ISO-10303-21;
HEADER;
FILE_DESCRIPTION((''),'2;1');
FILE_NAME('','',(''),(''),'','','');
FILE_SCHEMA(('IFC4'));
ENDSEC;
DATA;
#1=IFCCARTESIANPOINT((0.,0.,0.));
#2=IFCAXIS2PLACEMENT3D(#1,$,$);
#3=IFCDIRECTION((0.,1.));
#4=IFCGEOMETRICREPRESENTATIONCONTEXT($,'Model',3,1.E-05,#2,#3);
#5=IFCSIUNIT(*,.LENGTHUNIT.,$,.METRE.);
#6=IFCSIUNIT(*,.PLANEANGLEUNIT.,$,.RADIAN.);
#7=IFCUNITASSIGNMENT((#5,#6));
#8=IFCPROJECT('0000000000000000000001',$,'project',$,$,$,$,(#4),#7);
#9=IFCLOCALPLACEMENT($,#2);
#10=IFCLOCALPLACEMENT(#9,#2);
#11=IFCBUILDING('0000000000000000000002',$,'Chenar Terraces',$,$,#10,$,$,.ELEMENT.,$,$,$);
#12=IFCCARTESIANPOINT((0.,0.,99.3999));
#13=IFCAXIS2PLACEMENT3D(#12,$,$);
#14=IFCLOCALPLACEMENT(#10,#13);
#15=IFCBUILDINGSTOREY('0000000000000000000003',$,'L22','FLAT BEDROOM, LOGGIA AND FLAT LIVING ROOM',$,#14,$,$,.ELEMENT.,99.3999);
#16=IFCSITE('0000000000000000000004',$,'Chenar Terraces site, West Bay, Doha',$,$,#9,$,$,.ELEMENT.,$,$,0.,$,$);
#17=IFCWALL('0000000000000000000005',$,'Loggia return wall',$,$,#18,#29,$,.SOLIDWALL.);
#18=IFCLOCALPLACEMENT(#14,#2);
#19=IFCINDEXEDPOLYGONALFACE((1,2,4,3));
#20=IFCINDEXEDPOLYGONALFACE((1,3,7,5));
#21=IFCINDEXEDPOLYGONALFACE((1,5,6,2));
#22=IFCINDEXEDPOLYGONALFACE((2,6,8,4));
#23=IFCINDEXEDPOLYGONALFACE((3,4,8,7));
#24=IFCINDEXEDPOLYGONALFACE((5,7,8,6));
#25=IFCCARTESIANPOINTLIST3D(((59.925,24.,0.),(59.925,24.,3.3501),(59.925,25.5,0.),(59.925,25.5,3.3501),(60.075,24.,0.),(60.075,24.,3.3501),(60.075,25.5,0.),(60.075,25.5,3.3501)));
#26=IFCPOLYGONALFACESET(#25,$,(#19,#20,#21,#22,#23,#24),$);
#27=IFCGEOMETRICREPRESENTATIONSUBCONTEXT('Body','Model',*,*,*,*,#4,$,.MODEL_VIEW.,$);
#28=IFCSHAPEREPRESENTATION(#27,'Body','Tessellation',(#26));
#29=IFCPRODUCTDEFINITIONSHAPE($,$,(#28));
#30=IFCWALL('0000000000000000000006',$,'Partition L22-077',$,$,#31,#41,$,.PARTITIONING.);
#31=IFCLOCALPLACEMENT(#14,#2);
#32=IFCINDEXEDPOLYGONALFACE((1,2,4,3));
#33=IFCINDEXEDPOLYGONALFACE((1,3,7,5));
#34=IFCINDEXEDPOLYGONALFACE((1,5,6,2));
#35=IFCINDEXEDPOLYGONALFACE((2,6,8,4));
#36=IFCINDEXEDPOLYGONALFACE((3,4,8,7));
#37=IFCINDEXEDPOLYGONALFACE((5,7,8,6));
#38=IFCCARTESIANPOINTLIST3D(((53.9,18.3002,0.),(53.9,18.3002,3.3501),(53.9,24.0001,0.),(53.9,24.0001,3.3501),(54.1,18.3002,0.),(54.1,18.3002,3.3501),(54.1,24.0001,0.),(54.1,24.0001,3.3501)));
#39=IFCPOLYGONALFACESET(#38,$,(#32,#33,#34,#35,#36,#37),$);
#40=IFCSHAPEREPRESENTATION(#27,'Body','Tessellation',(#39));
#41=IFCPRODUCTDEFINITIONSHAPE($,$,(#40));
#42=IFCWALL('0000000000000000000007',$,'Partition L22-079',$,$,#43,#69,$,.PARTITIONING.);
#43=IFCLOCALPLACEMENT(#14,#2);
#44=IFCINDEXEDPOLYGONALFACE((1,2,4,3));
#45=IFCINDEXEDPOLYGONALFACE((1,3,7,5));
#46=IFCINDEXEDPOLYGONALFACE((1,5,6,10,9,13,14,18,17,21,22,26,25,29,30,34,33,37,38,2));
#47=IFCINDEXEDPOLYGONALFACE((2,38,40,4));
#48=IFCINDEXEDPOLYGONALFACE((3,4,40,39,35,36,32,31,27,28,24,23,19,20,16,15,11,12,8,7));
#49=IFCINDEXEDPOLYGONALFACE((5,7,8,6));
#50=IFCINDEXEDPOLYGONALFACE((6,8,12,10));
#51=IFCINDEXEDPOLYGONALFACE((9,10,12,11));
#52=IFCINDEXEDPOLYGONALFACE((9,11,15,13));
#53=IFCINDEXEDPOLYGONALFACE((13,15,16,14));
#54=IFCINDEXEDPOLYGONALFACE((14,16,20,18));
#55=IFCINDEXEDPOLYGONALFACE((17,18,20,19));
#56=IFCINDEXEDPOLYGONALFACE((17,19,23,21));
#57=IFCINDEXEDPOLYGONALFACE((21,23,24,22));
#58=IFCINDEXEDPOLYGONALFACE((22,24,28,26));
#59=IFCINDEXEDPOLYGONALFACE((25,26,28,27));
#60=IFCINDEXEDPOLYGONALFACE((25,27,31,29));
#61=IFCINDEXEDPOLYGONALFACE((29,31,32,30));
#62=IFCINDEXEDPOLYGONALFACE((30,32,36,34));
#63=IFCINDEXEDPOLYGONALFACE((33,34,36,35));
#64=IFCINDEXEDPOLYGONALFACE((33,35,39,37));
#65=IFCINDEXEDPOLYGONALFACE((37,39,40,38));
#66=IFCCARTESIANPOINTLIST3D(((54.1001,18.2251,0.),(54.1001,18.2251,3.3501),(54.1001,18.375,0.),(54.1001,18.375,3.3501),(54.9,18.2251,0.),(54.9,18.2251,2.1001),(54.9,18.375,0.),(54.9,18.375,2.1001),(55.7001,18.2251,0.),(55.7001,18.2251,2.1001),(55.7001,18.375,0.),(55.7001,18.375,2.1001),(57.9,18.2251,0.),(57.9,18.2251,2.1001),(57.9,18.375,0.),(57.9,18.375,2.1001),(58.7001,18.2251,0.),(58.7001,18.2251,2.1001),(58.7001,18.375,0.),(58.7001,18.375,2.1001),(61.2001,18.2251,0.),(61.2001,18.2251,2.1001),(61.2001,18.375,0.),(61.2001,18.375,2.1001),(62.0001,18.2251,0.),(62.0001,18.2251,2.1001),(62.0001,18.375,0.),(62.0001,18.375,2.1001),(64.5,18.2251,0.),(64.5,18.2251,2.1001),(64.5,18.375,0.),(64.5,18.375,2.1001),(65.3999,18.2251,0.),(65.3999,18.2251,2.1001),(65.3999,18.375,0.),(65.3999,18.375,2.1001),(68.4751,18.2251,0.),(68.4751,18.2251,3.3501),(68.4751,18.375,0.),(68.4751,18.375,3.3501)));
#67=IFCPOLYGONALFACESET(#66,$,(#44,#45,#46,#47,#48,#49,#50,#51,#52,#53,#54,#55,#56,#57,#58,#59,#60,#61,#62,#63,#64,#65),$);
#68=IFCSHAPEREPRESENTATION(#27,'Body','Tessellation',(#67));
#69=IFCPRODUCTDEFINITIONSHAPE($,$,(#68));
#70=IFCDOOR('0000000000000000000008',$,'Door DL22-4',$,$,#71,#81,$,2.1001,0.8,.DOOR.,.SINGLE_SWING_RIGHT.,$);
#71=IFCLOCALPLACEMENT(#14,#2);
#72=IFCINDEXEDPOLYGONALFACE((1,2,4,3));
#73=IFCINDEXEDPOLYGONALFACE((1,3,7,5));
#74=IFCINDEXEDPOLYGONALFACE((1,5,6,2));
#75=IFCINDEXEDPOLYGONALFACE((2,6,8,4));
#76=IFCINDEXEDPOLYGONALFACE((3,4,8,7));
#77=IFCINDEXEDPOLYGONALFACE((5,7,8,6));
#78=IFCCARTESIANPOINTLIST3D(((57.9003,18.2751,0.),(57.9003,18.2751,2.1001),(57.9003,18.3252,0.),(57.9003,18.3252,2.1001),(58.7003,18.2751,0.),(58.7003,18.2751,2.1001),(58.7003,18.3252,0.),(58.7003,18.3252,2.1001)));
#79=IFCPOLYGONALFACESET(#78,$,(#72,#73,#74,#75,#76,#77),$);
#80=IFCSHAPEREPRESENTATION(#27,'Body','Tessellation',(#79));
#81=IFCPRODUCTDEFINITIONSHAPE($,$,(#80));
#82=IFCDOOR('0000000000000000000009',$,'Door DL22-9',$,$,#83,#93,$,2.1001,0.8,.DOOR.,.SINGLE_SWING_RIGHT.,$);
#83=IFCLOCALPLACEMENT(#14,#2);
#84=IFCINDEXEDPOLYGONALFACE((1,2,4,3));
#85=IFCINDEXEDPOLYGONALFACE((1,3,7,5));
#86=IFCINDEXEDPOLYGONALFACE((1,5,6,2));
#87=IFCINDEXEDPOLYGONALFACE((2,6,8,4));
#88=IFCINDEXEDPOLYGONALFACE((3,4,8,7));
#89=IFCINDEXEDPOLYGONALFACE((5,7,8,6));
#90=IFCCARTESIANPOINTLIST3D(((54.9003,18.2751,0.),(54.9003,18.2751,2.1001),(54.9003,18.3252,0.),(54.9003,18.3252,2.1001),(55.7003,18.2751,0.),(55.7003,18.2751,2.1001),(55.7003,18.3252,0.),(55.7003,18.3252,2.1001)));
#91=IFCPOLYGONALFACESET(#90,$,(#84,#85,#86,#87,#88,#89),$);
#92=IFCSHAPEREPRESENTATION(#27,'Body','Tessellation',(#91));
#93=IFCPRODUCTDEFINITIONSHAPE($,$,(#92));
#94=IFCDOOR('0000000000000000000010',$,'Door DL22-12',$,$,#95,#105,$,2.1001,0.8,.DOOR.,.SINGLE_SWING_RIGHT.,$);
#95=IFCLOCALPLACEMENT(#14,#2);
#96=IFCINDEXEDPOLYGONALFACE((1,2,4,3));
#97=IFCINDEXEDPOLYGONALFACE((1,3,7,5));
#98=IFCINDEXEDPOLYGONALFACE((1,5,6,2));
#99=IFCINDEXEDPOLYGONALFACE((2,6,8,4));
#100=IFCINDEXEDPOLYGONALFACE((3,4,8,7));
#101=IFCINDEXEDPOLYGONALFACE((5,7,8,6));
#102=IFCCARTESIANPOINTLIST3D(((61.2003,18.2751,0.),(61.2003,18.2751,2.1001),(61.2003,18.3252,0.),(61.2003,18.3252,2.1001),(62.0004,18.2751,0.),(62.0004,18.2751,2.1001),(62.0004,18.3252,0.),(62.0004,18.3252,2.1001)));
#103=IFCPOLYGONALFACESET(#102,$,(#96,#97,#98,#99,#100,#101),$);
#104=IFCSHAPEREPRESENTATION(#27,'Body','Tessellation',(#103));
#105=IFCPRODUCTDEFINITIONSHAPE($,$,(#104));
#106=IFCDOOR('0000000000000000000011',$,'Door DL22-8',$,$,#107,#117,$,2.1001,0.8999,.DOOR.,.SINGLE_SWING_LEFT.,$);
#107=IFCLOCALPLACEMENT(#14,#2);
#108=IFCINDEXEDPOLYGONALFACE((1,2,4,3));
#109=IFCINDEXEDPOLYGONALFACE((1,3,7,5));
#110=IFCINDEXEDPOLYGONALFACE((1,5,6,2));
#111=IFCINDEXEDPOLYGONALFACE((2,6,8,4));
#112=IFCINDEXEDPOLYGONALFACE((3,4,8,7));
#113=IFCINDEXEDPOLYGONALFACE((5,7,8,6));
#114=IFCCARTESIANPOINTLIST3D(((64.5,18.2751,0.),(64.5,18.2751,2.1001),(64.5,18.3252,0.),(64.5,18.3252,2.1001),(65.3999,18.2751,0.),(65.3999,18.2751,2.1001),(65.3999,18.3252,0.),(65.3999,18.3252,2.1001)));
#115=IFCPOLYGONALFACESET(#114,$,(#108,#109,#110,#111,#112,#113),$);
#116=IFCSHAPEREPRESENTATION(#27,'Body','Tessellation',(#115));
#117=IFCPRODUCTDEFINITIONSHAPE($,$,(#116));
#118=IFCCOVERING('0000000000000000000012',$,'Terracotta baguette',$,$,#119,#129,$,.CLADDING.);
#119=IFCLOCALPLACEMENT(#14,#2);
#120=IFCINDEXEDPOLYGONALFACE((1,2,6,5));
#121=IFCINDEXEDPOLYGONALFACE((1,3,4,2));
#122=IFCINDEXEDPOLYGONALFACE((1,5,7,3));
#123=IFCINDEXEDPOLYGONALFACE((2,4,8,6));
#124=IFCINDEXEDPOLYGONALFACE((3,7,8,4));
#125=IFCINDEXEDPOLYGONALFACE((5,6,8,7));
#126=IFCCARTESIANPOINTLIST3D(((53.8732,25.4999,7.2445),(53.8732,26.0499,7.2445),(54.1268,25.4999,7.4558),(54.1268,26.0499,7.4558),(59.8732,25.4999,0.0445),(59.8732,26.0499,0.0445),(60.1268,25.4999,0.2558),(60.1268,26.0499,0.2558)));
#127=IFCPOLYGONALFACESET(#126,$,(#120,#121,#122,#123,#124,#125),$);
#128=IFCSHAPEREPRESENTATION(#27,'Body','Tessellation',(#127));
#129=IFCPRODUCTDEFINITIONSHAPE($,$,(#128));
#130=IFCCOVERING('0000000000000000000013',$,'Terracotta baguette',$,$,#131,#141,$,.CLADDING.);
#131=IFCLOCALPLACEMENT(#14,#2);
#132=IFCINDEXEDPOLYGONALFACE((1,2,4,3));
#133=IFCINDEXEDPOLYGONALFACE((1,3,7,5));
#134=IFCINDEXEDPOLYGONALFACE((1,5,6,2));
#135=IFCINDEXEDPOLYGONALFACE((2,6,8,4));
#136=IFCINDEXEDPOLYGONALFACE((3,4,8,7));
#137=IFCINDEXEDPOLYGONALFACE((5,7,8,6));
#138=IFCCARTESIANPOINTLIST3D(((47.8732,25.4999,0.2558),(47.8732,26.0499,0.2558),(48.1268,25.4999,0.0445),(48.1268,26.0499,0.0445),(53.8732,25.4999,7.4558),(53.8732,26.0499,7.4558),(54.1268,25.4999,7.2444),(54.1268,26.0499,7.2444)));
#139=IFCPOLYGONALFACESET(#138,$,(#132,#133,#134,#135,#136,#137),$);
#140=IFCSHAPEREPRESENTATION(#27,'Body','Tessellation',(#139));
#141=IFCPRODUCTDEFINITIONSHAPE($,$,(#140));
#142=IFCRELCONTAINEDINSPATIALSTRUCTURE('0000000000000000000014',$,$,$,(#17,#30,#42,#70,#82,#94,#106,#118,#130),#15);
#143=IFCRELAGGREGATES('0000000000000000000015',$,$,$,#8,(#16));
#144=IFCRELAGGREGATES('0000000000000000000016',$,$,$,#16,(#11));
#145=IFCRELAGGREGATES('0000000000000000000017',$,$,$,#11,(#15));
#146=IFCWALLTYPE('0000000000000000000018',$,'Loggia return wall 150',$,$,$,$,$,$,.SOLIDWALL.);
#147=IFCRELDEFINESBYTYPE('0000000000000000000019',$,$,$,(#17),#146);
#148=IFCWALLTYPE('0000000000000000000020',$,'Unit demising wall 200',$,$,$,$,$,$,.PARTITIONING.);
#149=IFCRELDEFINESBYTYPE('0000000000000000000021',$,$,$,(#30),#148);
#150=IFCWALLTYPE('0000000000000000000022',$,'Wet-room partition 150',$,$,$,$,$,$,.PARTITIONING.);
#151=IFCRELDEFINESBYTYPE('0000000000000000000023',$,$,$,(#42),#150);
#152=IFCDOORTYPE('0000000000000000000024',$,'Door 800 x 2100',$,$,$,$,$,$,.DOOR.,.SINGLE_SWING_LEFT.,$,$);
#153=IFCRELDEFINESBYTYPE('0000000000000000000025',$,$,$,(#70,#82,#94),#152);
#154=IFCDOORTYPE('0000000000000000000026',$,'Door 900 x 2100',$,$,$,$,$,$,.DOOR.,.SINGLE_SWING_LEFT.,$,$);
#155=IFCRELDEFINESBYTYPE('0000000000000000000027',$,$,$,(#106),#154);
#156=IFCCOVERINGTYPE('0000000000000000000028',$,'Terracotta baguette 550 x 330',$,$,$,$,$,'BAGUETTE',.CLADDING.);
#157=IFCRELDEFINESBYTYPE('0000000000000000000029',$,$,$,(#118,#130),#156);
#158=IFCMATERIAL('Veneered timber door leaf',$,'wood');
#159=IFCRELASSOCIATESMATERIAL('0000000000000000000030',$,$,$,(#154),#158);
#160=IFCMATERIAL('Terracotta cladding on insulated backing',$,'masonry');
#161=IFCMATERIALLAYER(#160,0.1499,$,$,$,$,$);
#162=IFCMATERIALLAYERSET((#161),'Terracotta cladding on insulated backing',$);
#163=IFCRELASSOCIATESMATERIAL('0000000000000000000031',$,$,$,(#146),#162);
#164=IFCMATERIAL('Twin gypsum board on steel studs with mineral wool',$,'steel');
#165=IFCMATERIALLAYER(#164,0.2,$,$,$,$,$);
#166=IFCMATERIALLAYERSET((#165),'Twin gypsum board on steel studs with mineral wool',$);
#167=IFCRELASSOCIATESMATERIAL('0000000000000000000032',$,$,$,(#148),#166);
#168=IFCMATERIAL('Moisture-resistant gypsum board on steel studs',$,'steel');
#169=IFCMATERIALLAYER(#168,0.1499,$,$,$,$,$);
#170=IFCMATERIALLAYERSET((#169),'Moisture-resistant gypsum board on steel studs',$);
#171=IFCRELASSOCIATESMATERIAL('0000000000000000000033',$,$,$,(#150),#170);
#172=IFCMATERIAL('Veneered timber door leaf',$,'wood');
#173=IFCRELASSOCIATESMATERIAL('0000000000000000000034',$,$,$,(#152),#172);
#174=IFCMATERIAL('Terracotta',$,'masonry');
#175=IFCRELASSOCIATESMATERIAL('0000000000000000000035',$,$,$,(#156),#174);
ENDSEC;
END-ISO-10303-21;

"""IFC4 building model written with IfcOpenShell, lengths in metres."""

from ifc_helpers import new_model, si_unit, direction, frame, frame_2d, origin, origin_2d, place, context, subcontext, project, spatial, rectangle, extrude, material, layer, layer_set, material_profile, profile_set, type_object, element, fill, save


model = new_model("IFC4")

# Units and contexts
model_context = context("Model", 3, precision=1e-05, world=origin(), true_north=direction((0.0, 1.0)))
body_context = subcontext(model_context, "Body", "Model", "MODEL_VIEW")
ifc_project = project(units=[si_unit("LENGTHUNIT", "METRE"), si_unit("PLANEANGLEUNIT", "RADIAN")], contexts=[model_context])

# Site, building, storey
site_placement = place(None, origin())
site = spatial("IfcSite", under=ifc_project, at=site_placement, Name="Chenar Terraces site, West Bay, Doha", CompositionType="ELEMENT", RefElevation=0.0)
building_placement = place(site_placement, origin())
building = spatial("IfcBuilding", under=site, at=building_placement, Name="Chenar Terraces", CompositionType="ELEMENT")
storey_placement = place(building_placement, frame((0.0, 0.0, 99.3999)))
storey = spatial("IfcBuildingStorey", under=building, at=storey_placement, Name="L22", Description="FLAT BEDROOM, LOGGIA AND FLAT LIVING ROOM", CompositionType="ELEMENT", Elevation=99.3999)

# Shared definitions
ifc_material_1 = material(Name="Veneered timber door leaf", Category="wood")
door_type_1 = type_object("IfcDoorType", Name="Door 900 x 2100", OperationType="SINGLE_SWING_LEFT", PredefinedType="DOOR", material=ifc_material_1)

# Walls
ifc_material_2 = material(Name="Terracotta cladding on insulated backing", Category="masonry")
ifc_layer_1 = layer(ifc_material_2, 0.1499)
ifc_layer_set_1 = layer_set([ifc_layer_1], Name="Terracotta cladding on insulated backing")
wall_type_1 = type_object("IfcWallType", Name="Loggia return wall 150", PredefinedType="SOLIDWALL", material=ifc_layer_set_1)
wall_1_placement = place(storey_placement, frame((60.0, 25.5, 0.0), z_axis=(0.0, 0.0, 1.0), x_axis=(0.0, -1.0, 0.0)))
element("IfcWall", 1, at=wall_1_placement, inside=storey, type_object=wall_type_1, Name="Loggia return wall", PredefinedType="SOLIDWALL", context=body_context, shape_type="SweptSolid", body=[
    extrude(rectangle(XDim=1.5, YDim=0.1499, at=frame_2d((0.75, 0.0))), origin(), (0.0, 0.0, 1.0), 3.3501),
])
ifc_material_3 = material(Name="Twin gypsum board on steel studs with mineral wool", Category="steel")
ifc_layer_2 = layer(ifc_material_3, 0.2)
ifc_layer_set_2 = layer_set([ifc_layer_2], Name="Twin gypsum board on steel studs with mineral wool")
wall_type_2 = type_object("IfcWallType", Name="Unit demising wall 200", PredefinedType="PARTITIONING", material=ifc_layer_set_2)
wall_2_placement = place(storey_placement, frame((54.0, 18.3, 0.0), z_axis=(0.0, 0.0, 1.0), x_axis=(0.0, 1.0, 0.0)))
element("IfcWall", 2, at=wall_2_placement, inside=storey, type_object=wall_type_2, Name="Partition L22-077", PredefinedType="PARTITIONING", context=body_context, shape_type="SweptSolid", body=[
    extrude(rectangle(XDim=5.7, YDim=0.2, at=frame_2d((2.8501, 0.0))), origin(), (0.0, 0.0, 1.0), 3.3501),
])

# Wall, openings, doors
ifc_material_4 = material(Name="Moisture-resistant gypsum board on steel studs", Category="steel")
ifc_layer_3 = layer(ifc_material_4, 0.1499)
ifc_layer_set_3 = layer_set([ifc_layer_3], Name="Moisture-resistant gypsum board on steel studs")
wall_type_3 = type_object("IfcWallType", Name="Wet-room partition 150", PredefinedType="PARTITIONING", material=ifc_layer_set_3)
wall_3_placement = place(storey_placement, frame((54.1001, 18.3, 0.0), z_axis=(0.0, 0.0, 1.0), x_axis=(1.0, 0.0, 0.0)))
wall_3 = element("IfcWall", 3, at=wall_3_placement, inside=storey, type_object=wall_type_3, Name="Partition L22-079", PredefinedType="PARTITIONING", context=body_context, shape_type="SweptSolid", body=[
    extrude(rectangle(XDim=14.375, YDim=0.1499, at=frame_2d((7.1875, 0.0))), origin(), (0.0, 0.0, 1.0), 3.3501),
])
opening_1_placement = place(wall_3_placement, frame((3.8, 0.0, 0.0)))
opening_1 = element("IfcOpeningElement", 4, at=opening_1_placement, cuts=wall_3, PredefinedType="OPENING", context=body_context, shape_type="SweptSolid", body=[
    extrude(rectangle(XDim=0.8, YDim=2.1001, at=frame_2d((0.3999, 1.05))), frame((0.0, 0.085, 0.0), z_axis=(0.0, -1.0, 0.0), x_axis=(1.0, 0.0, 0.0)), (0.0, 0.0, 1.0), 0.1699),
])
opening_2_placement = place(wall_3_placement, frame((10.3999, 0.0, 0.0)))
opening_2 = element("IfcOpeningElement", 5, at=opening_2_placement, cuts=wall_3, PredefinedType="OPENING", context=body_context, shape_type="SweptSolid", body=[
    extrude(rectangle(XDim=0.8999, YDim=2.1001, at=frame_2d((0.45, 1.05))), frame((0.0, 0.085, 0.0), z_axis=(0.0, -1.0, 0.0), x_axis=(1.0, 0.0, 0.0)), (0.0, 0.0, 1.0), 0.1699),
])
opening_3_placement = place(wall_3_placement, frame((0.8, 0.0, 0.0)))
opening_3 = element("IfcOpeningElement", 6, at=opening_3_placement, cuts=wall_3, PredefinedType="OPENING", context=body_context, shape_type="SweptSolid", body=[
    extrude(rectangle(XDim=0.8, YDim=2.1001, at=frame_2d((0.3999, 1.05))), frame((0.0, 0.085, 0.0), z_axis=(0.0, -1.0, 0.0), x_axis=(1.0, 0.0, 0.0)), (0.0, 0.0, 1.0), 0.1699),
])
opening_4_placement = place(wall_3_placement, frame((7.1001, 0.0, 0.0)))
opening_4 = element("IfcOpeningElement", 7, at=opening_4_placement, cuts=wall_3, PredefinedType="OPENING", context=body_context, shape_type="SweptSolid", body=[
    extrude(rectangle(XDim=0.8, YDim=2.1001, at=frame_2d((0.3999, 1.05))), frame((0.0, 0.085, 0.0), z_axis=(0.0, -1.0, 0.0), x_axis=(1.0, 0.0, 0.0)), (0.0, 0.0, 1.0), 0.1699),
])
ifc_material_5 = material(Name="Veneered timber door leaf", Category="wood")
door_type_2 = type_object("IfcDoorType", Name="Door 800 x 2100", OperationType="SINGLE_SWING_LEFT", PredefinedType="DOOR", material=ifc_material_5)
door_1_placement = place(opening_1_placement, frame((0.8, 0.0, 0.0), z_axis=(0.0, 0.0, 1.0), x_axis=(-1.0, 0.0, 0.0)))
door_1 = element("IfcDoor", 8, at=door_1_placement, inside=storey, type_object=door_type_2, Name="Door DL22-4", OperationType="SINGLE_SWING_RIGHT", OverallHeight=2.1001, OverallWidth=0.8, PredefinedType="DOOR", context=body_context, shape_type="SweptSolid", body=[
    extrude(rectangle(XDim=0.8, YDim=2.1001, at=frame_2d((0.3999, 1.05))), frame((0.0, 0.0249, 0.0), z_axis=(0.0, -1.0, 0.0), x_axis=(1.0, 0.0, 0.0)), (0.0, 0.0, 1.0), 0.05),
])
fill(opening_1, door_1)
door_2_placement = place(opening_3_placement, frame((0.8, 0.0, 0.0), z_axis=(0.0, 0.0, 1.0), x_axis=(-1.0, 0.0, 0.0)))
door_2 = element("IfcDoor", 9, at=door_2_placement, inside=storey, type_object=door_type_2, Name="Door DL22-9", OperationType="SINGLE_SWING_RIGHT", OverallHeight=2.1001, OverallWidth=0.8, PredefinedType="DOOR", context=body_context, shape_type="SweptSolid", body=[
    extrude(rectangle(XDim=0.8, YDim=2.1001, at=frame_2d((0.3999, 1.05))), frame((0.0, 0.0249, 0.0), z_axis=(0.0, -1.0, 0.0), x_axis=(1.0, 0.0, 0.0)), (0.0, 0.0, 1.0), 0.05),
])
fill(opening_3, door_2)
door_3_placement = place(opening_4_placement, frame((0.8, 0.0, 0.0), z_axis=(0.0, 0.0, 1.0), x_axis=(-1.0, 0.0, 0.0)))
door_3 = element("IfcDoor", 10, at=door_3_placement, inside=storey, type_object=door_type_2, Name="Door DL22-12", OperationType="SINGLE_SWING_RIGHT", OverallHeight=2.1001, OverallWidth=0.8, PredefinedType="DOOR", context=body_context, shape_type="SweptSolid", body=[
    extrude(rectangle(XDim=0.8, YDim=2.1001, at=frame_2d((0.3999, 1.05))), frame((0.0, 0.0249, 0.0), z_axis=(0.0, -1.0, 0.0), x_axis=(1.0, 0.0, 0.0)), (0.0, 0.0, 1.0), 0.05),
])
fill(opening_4, door_3)
door_4_placement = place(opening_2_placement, frame((0.8999, 0.0, 0.0), z_axis=(0.0, 0.0, 1.0), x_axis=(-1.0, 0.0, 0.0)))
door_4 = element("IfcDoor", 11, at=door_4_placement, inside=storey, type_object=door_type_1, Name="Door DL22-8", OperationType="SINGLE_SWING_LEFT", OverallHeight=2.1001, OverallWidth=0.8999, PredefinedType="DOOR", context=body_context, shape_type="SweptSolid", body=[
    extrude(rectangle(XDim=0.8999, YDim=2.1001, at=frame_2d((0.45, 1.05))), frame((0.0, 0.0249, 0.0), z_axis=(0.0, -1.0, 0.0), x_axis=(1.0, 0.0, 0.0)), (0.0, 0.0, 1.0), 0.05),
])
fill(opening_2, door_4)

# Coverings
ifc_material_6 = material(Name="Terracotta", Category="masonry")
ifc_material_profile_1 = material_profile(ifc_material_6, rectangle(XDim=0.55, YDim=0.3301, at=origin_2d()), Name="Terracotta baguette 550 x 330")
ifc_profile_set_1 = profile_set([ifc_material_profile_1], Name="Terracotta")
covering_type = type_object("IfcCoveringType", Name="Terracotta baguette 550 x 330", ElementType="BAGUETTE", PredefinedType="CLADDING", material=ifc_profile_set_1)
for number, where, z_axis, x_axis, name in (
    (12, (60.0, 25.7749, 0.1501), (-0.640187, 0.0, 0.768219), (0.0, -1.0, 0.0), "Terracotta baguette"),
    (13, (54.0, 25.7749, 7.3501), (-0.640187, 0.0, -0.768219), (0.0, -1.0, 0.0), "Terracotta baguette"),
):
    element("IfcCovering", number, at=place(storey_placement, frame(where, z_axis=z_axis, x_axis=x_axis)), inside=storey, type_object=covering_type, Name=name, PredefinedType="CLADDING", context=body_context, shape_type="SweptSolid", body=[
        extrude(rectangle(XDim=0.55, YDim=0.3301, at=origin_2d()), origin(), (0.0, 0.0, 1.0), 9.3723),
    ])

save(model, "model.ifc")
